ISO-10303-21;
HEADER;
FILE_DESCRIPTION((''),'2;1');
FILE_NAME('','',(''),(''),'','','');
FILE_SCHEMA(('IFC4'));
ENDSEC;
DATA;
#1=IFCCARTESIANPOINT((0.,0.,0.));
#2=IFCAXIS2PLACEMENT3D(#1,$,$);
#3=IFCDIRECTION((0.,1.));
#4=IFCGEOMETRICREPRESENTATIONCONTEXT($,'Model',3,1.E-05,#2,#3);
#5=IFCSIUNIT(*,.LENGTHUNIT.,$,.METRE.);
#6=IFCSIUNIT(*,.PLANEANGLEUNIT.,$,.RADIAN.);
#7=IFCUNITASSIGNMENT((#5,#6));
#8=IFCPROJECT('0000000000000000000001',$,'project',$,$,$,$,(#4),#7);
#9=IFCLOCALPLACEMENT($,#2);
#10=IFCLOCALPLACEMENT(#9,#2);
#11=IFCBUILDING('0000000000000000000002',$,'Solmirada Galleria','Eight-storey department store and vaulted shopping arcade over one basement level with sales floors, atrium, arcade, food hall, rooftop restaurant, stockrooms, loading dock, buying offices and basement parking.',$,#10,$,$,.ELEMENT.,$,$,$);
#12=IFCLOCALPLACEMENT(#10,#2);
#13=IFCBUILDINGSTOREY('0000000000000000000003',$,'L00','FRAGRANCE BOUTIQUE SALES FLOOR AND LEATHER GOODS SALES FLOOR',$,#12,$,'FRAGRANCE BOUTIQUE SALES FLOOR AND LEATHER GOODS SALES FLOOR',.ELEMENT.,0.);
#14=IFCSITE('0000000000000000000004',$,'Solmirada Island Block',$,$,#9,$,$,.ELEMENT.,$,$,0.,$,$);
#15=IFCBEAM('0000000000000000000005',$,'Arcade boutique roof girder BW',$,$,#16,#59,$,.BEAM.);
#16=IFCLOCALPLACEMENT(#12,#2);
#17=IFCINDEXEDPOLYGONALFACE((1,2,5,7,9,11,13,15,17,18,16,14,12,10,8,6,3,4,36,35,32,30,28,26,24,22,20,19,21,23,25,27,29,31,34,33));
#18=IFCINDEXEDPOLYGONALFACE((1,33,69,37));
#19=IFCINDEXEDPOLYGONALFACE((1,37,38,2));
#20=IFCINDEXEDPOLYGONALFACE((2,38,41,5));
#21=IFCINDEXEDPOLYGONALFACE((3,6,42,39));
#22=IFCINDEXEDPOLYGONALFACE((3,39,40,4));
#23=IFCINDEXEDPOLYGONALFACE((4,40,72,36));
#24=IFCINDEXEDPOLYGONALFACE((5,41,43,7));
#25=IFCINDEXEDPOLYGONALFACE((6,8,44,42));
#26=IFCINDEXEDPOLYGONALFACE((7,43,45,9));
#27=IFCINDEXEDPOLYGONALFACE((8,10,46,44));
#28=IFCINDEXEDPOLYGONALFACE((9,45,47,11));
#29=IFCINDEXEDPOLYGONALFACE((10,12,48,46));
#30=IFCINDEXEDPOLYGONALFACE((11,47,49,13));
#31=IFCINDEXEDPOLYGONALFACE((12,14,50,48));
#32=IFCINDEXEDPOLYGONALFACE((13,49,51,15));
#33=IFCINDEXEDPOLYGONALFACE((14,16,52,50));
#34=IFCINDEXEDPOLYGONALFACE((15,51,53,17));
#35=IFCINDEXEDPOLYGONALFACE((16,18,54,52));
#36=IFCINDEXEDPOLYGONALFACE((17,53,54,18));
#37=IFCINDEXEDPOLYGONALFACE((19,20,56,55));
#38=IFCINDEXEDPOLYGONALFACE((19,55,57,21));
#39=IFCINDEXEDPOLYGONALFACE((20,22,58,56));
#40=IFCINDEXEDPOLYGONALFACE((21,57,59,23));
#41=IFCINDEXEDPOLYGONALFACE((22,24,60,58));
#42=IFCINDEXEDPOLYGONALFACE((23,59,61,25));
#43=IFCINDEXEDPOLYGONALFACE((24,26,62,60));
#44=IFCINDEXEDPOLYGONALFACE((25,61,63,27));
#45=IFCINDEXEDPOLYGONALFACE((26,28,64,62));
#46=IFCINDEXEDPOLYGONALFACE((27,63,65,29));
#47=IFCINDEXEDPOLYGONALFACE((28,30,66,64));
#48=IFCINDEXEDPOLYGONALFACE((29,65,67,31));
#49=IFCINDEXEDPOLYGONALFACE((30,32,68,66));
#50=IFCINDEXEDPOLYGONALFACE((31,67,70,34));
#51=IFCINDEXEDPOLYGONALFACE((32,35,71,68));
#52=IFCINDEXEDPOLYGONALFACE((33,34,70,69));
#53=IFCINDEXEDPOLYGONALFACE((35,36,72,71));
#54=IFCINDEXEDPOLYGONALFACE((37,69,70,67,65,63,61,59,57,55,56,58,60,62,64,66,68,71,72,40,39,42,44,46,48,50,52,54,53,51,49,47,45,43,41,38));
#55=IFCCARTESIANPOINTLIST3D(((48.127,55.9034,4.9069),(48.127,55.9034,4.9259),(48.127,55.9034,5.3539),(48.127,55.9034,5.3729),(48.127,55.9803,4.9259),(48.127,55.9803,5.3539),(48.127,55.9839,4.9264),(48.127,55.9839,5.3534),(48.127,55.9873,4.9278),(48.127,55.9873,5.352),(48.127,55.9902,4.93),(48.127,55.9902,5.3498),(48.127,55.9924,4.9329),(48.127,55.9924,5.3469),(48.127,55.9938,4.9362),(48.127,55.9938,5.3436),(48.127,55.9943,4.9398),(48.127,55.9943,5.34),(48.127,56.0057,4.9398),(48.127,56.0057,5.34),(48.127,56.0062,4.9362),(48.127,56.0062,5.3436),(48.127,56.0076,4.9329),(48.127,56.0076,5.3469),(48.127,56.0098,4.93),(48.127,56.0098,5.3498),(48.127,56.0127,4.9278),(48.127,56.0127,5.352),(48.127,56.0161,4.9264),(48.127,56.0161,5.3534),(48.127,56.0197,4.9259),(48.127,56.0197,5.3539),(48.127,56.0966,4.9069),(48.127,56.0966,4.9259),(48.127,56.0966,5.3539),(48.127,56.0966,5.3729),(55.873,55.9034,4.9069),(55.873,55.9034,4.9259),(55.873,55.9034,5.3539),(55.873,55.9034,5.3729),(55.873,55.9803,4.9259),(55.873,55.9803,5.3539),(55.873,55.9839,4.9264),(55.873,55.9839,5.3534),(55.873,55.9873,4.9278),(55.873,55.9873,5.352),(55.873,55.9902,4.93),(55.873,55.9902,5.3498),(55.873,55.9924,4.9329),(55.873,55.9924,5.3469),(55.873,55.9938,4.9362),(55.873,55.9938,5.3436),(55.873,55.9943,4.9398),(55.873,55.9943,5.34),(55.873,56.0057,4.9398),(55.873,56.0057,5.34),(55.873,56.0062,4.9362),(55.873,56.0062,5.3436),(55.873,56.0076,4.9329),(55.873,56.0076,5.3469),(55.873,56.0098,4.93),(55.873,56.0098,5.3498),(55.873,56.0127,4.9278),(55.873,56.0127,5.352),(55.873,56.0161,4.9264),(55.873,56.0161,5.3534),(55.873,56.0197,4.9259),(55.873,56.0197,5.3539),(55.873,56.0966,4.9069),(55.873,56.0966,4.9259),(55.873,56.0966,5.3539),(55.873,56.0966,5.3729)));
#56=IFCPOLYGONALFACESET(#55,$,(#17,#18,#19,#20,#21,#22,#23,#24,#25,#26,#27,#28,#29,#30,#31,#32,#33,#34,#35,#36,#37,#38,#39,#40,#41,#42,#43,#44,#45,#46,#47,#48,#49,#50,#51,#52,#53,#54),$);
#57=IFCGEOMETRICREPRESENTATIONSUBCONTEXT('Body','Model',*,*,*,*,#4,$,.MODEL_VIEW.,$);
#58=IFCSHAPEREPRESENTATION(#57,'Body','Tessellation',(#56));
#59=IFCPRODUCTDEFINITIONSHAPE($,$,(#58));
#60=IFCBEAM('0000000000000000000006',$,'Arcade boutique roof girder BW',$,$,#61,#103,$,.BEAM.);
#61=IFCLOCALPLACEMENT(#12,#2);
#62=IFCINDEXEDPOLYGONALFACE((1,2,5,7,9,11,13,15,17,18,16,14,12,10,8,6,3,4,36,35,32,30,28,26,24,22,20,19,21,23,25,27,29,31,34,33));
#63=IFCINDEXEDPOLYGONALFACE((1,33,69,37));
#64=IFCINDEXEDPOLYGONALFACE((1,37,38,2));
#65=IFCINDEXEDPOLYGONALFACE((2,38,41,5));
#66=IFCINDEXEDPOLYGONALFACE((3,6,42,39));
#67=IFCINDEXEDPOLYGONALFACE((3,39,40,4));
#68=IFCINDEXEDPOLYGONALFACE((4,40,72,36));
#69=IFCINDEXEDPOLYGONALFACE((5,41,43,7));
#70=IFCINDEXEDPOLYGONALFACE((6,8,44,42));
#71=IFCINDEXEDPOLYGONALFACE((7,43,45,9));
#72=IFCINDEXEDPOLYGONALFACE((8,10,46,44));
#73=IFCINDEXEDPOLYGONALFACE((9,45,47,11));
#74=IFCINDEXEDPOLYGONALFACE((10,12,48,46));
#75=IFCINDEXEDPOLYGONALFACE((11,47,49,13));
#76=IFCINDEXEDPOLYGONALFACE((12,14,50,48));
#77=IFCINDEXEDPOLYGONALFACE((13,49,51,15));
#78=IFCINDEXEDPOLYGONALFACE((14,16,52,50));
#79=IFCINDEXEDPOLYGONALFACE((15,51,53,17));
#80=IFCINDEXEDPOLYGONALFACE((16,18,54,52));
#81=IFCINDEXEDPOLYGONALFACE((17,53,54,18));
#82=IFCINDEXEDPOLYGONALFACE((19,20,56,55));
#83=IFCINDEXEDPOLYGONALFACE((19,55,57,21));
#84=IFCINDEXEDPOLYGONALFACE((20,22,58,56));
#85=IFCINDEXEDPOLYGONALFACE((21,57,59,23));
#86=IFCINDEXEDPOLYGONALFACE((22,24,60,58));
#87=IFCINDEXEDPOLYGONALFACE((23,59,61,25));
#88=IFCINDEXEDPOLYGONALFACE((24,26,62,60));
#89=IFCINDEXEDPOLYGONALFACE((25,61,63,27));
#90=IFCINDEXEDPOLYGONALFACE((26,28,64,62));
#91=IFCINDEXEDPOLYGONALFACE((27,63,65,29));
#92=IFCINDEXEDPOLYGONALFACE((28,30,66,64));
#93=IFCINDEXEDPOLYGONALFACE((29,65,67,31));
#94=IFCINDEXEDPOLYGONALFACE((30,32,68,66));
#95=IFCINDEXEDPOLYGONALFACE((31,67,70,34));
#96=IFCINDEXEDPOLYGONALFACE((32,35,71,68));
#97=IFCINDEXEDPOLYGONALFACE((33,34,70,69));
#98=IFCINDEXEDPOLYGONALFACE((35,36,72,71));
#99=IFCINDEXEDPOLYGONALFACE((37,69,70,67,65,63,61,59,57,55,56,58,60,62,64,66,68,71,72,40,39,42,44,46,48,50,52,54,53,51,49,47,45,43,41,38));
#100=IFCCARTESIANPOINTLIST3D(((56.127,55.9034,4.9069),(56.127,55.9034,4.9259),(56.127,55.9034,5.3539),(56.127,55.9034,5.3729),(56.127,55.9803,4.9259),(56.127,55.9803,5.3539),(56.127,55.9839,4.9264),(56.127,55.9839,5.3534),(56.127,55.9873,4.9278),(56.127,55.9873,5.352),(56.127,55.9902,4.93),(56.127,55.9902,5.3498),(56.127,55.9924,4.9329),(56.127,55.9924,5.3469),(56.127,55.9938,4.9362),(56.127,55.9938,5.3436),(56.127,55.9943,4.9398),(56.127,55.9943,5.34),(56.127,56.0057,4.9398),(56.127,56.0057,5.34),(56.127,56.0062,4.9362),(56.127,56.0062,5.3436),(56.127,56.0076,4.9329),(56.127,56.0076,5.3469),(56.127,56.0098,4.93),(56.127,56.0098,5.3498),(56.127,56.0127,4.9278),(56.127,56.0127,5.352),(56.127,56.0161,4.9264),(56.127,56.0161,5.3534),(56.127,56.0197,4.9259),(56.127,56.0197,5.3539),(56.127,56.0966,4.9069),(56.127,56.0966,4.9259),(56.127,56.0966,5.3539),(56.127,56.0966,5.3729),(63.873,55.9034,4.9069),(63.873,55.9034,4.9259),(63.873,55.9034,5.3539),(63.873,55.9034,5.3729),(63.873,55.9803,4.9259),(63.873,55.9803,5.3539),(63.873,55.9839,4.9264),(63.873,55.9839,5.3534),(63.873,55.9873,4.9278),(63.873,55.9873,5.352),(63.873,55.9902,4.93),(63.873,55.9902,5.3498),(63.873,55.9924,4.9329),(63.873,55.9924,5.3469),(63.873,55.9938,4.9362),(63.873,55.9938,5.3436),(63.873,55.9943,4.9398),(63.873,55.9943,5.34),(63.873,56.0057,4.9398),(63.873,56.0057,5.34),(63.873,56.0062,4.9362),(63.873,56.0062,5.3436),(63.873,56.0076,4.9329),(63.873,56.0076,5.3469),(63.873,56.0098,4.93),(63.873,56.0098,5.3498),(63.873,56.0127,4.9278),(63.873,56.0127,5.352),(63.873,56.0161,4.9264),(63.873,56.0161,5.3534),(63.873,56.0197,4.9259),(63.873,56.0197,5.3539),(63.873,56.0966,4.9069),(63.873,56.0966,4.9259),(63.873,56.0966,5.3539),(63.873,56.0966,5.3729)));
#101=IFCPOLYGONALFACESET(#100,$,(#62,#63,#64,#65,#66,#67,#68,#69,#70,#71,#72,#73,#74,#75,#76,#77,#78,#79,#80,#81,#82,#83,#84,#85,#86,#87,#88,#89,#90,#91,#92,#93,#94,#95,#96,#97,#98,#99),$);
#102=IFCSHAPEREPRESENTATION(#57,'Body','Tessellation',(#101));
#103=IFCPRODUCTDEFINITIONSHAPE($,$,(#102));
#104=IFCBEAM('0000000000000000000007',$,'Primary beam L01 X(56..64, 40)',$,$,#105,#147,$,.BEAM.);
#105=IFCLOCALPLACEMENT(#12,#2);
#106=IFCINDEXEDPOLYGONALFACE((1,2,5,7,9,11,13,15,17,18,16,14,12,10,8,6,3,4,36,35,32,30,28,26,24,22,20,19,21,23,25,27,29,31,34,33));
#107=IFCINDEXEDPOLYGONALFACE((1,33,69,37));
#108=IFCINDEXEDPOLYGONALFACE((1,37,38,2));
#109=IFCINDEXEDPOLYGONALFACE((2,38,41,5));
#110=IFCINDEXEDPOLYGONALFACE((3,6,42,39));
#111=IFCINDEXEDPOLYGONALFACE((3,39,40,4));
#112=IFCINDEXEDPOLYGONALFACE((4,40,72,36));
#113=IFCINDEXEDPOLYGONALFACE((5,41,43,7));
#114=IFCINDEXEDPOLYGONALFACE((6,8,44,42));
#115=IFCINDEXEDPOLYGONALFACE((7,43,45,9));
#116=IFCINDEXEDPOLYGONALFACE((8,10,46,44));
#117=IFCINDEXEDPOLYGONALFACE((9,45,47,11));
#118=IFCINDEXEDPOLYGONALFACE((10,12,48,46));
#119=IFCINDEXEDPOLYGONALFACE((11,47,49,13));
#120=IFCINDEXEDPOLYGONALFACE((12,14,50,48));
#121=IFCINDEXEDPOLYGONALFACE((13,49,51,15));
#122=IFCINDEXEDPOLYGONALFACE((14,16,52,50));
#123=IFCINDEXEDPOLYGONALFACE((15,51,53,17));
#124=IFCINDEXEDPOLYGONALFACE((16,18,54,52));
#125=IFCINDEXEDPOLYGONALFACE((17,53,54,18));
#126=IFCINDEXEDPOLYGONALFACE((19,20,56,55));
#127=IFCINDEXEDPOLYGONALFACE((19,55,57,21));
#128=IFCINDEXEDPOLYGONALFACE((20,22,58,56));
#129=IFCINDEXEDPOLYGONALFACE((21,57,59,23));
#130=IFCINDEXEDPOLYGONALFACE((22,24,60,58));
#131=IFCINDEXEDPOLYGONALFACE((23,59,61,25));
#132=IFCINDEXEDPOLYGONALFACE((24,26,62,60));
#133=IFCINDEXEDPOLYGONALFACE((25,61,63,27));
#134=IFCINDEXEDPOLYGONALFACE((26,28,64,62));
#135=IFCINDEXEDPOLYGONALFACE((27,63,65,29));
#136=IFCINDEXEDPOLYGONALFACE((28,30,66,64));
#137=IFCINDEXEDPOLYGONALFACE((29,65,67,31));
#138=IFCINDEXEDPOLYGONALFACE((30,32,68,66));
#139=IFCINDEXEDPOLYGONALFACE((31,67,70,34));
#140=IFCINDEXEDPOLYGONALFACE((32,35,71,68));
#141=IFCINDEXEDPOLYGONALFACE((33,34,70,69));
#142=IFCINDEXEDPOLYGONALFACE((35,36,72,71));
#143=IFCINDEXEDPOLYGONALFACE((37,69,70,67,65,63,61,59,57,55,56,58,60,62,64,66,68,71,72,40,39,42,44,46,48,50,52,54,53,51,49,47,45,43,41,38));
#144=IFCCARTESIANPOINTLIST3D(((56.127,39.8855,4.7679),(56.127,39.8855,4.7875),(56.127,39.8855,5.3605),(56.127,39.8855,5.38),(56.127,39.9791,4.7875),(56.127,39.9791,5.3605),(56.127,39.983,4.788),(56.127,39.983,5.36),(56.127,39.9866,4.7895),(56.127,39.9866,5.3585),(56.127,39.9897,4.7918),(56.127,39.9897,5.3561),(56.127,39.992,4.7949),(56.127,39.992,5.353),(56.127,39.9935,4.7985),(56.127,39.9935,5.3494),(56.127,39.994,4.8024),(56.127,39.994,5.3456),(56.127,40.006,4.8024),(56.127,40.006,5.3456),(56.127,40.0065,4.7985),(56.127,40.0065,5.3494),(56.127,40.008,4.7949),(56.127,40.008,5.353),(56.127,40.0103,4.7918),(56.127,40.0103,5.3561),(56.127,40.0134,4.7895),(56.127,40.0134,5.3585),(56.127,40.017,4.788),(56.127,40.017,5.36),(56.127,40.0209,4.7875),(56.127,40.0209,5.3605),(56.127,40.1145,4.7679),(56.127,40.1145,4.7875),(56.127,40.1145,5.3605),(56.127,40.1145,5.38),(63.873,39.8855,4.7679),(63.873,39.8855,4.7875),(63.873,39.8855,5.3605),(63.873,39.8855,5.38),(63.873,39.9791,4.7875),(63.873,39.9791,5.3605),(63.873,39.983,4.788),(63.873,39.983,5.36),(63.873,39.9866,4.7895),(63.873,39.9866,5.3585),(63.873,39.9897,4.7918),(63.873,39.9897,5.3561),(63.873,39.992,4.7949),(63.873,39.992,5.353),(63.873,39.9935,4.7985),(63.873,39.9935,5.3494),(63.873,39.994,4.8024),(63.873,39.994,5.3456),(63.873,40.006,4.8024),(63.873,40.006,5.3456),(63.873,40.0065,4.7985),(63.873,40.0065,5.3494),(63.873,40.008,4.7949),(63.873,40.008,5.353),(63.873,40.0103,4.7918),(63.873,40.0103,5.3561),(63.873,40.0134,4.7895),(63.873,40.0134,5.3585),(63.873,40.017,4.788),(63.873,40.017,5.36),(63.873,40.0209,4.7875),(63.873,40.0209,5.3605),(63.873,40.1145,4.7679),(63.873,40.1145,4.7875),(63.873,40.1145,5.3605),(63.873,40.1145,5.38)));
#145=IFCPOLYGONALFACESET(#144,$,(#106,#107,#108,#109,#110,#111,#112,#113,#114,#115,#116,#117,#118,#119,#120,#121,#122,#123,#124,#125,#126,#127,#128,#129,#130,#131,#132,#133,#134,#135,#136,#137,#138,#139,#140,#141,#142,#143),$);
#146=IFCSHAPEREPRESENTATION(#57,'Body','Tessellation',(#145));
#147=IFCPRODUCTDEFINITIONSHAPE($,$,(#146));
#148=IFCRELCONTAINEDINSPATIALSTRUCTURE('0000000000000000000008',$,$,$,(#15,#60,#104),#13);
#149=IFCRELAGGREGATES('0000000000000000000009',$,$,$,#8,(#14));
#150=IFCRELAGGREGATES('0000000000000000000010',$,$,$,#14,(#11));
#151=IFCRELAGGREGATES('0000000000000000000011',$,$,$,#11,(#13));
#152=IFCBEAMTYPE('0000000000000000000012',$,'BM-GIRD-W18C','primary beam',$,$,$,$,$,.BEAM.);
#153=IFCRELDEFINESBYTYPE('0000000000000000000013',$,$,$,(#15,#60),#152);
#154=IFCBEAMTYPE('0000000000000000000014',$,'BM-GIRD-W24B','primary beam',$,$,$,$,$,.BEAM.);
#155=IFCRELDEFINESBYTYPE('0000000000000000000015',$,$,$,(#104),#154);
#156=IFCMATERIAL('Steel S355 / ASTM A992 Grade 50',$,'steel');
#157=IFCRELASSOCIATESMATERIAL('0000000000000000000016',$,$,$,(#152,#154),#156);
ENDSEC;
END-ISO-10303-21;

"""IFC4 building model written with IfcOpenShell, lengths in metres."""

from ifc_helpers import new_model, si_unit, direction, frame, origin, origin_2d, place, context, subcontext, project, spatial, i_section, extrude, material, material_profile, profile_set, type_object, element, save


model = new_model("IFC4")

# Units and contexts
model_context = context("Model", 3, precision=1e-05, world=origin(), true_north=direction((0.0, 1.0)))
body_context = subcontext(model_context, "Body", "Model", "MODEL_VIEW")
ifc_project = project(units=[si_unit("LENGTHUNIT", "METRE"), si_unit("PLANEANGLEUNIT", "RADIAN")], contexts=[model_context])

# Site, building, storey
site_placement = place(None, origin())
site = spatial("IfcSite", under=ifc_project, at=site_placement, Name="Solmirada Island Block", CompositionType="ELEMENT", RefElevation=0.0)
building_placement = place(site_placement, origin())
building = spatial("IfcBuilding", under=site, at=building_placement, Name="Solmirada Galleria", Description="Eight-storey department store and vaulted shopping arcade over one basement level with sales floors, atrium, arcade, food hall, rooftop restaurant, stockrooms, loading dock, buying offices and basement parking.", CompositionType="ELEMENT")
storey_placement = place(building_placement, origin())
storey = spatial("IfcBuildingStorey", under=building, at=storey_placement, Name="L00", Description="FRAGRANCE BOUTIQUE SALES FLOOR AND LEATHER GOODS SALES FLOOR", LongName="FRAGRANCE BOUTIQUE SALES FLOOR AND LEATHER GOODS SALES FLOOR", CompositionType="ELEMENT", Elevation=0.0)

# Beams
ifc_material_1 = material(Name="Steel S355 / ASTM A992 Grade 50", Category="steel")
ifc_material_profile_1 = material_profile(ifc_material_1, i_section(OverallWidth=0.1931, OverallDepth=0.4661, WebThickness=0.0115, FlangeThickness=0.019, FilletRadius=0.0139, at=origin_2d()), Name="W18X65")
ifc_profile_set_1 = profile_set([ifc_material_profile_1], Name="Steel S355 / ASTM A992 Grade 50")
beam_type_1 = type_object("IfcBeamType", Name="BM-GIRD-W18C", Description="primary beam", PredefinedType="BEAM", material=ifc_profile_set_1)
for number, where, z_axis, x_axis, name in (
    (1, (48.127, 56.0, 5.1399), (1.0, 0.0, 0.0), (0.0, 1.0, 0.0), "Arcade boutique roof girder BW"),
    (2, (56.127, 56.0, 5.1399), (1.0, 0.0, 0.0), (0.0, 1.0, 0.0), "Arcade boutique roof girder BW"),
):
    element("IfcBeam", number, at=place(storey_placement, frame(where, z_axis=z_axis, x_axis=x_axis)), inside=storey, type_object=beam_type_1, Name=name, PredefinedType="BEAM", context=body_context, shape_type="SweptSolid", body=[
        extrude(i_section(OverallWidth=0.1931, OverallDepth=0.4661, WebThickness=0.0115, FlangeThickness=0.019, FilletRadius=0.0139, at=origin_2d()), origin(), (0.0, 0.0, 1.0), 7.7461),
    ])
ifc_material_profile_2 = material_profile(ifc_material_1, i_section(OverallWidth=0.229, OverallDepth=0.6121, WebThickness=0.012, FlangeThickness=0.0195, FilletRadius=0.0149, at=origin_2d()), Name="W24X84")
ifc_profile_set_2 = profile_set([ifc_material_profile_2], Name="Steel S355 / ASTM A992 Grade 50")
beam_type_2 = type_object("IfcBeamType", Name="BM-GIRD-W24B", Description="primary beam", PredefinedType="BEAM", material=ifc_profile_set_2)
beam_placement = place(storey_placement, frame((56.127, 40.0, 5.074), z_axis=(1.0, 0.0, 0.0), x_axis=(0.0, 1.0, 0.0)))
element("IfcBeam", 3, at=beam_placement, inside=storey, type_object=beam_type_2, Name="Primary beam L01 X(56..64, 40)", PredefinedType="BEAM", context=body_context, shape_type="SweptSolid", body=[
    extrude(i_section(OverallWidth=0.229, OverallDepth=0.6121, WebThickness=0.012, FlangeThickness=0.0195, FilletRadius=0.0149, at=origin_2d()), origin(), (0.0, 0.0, 1.0), 7.7461),
])

save(model, "model.ifc")
